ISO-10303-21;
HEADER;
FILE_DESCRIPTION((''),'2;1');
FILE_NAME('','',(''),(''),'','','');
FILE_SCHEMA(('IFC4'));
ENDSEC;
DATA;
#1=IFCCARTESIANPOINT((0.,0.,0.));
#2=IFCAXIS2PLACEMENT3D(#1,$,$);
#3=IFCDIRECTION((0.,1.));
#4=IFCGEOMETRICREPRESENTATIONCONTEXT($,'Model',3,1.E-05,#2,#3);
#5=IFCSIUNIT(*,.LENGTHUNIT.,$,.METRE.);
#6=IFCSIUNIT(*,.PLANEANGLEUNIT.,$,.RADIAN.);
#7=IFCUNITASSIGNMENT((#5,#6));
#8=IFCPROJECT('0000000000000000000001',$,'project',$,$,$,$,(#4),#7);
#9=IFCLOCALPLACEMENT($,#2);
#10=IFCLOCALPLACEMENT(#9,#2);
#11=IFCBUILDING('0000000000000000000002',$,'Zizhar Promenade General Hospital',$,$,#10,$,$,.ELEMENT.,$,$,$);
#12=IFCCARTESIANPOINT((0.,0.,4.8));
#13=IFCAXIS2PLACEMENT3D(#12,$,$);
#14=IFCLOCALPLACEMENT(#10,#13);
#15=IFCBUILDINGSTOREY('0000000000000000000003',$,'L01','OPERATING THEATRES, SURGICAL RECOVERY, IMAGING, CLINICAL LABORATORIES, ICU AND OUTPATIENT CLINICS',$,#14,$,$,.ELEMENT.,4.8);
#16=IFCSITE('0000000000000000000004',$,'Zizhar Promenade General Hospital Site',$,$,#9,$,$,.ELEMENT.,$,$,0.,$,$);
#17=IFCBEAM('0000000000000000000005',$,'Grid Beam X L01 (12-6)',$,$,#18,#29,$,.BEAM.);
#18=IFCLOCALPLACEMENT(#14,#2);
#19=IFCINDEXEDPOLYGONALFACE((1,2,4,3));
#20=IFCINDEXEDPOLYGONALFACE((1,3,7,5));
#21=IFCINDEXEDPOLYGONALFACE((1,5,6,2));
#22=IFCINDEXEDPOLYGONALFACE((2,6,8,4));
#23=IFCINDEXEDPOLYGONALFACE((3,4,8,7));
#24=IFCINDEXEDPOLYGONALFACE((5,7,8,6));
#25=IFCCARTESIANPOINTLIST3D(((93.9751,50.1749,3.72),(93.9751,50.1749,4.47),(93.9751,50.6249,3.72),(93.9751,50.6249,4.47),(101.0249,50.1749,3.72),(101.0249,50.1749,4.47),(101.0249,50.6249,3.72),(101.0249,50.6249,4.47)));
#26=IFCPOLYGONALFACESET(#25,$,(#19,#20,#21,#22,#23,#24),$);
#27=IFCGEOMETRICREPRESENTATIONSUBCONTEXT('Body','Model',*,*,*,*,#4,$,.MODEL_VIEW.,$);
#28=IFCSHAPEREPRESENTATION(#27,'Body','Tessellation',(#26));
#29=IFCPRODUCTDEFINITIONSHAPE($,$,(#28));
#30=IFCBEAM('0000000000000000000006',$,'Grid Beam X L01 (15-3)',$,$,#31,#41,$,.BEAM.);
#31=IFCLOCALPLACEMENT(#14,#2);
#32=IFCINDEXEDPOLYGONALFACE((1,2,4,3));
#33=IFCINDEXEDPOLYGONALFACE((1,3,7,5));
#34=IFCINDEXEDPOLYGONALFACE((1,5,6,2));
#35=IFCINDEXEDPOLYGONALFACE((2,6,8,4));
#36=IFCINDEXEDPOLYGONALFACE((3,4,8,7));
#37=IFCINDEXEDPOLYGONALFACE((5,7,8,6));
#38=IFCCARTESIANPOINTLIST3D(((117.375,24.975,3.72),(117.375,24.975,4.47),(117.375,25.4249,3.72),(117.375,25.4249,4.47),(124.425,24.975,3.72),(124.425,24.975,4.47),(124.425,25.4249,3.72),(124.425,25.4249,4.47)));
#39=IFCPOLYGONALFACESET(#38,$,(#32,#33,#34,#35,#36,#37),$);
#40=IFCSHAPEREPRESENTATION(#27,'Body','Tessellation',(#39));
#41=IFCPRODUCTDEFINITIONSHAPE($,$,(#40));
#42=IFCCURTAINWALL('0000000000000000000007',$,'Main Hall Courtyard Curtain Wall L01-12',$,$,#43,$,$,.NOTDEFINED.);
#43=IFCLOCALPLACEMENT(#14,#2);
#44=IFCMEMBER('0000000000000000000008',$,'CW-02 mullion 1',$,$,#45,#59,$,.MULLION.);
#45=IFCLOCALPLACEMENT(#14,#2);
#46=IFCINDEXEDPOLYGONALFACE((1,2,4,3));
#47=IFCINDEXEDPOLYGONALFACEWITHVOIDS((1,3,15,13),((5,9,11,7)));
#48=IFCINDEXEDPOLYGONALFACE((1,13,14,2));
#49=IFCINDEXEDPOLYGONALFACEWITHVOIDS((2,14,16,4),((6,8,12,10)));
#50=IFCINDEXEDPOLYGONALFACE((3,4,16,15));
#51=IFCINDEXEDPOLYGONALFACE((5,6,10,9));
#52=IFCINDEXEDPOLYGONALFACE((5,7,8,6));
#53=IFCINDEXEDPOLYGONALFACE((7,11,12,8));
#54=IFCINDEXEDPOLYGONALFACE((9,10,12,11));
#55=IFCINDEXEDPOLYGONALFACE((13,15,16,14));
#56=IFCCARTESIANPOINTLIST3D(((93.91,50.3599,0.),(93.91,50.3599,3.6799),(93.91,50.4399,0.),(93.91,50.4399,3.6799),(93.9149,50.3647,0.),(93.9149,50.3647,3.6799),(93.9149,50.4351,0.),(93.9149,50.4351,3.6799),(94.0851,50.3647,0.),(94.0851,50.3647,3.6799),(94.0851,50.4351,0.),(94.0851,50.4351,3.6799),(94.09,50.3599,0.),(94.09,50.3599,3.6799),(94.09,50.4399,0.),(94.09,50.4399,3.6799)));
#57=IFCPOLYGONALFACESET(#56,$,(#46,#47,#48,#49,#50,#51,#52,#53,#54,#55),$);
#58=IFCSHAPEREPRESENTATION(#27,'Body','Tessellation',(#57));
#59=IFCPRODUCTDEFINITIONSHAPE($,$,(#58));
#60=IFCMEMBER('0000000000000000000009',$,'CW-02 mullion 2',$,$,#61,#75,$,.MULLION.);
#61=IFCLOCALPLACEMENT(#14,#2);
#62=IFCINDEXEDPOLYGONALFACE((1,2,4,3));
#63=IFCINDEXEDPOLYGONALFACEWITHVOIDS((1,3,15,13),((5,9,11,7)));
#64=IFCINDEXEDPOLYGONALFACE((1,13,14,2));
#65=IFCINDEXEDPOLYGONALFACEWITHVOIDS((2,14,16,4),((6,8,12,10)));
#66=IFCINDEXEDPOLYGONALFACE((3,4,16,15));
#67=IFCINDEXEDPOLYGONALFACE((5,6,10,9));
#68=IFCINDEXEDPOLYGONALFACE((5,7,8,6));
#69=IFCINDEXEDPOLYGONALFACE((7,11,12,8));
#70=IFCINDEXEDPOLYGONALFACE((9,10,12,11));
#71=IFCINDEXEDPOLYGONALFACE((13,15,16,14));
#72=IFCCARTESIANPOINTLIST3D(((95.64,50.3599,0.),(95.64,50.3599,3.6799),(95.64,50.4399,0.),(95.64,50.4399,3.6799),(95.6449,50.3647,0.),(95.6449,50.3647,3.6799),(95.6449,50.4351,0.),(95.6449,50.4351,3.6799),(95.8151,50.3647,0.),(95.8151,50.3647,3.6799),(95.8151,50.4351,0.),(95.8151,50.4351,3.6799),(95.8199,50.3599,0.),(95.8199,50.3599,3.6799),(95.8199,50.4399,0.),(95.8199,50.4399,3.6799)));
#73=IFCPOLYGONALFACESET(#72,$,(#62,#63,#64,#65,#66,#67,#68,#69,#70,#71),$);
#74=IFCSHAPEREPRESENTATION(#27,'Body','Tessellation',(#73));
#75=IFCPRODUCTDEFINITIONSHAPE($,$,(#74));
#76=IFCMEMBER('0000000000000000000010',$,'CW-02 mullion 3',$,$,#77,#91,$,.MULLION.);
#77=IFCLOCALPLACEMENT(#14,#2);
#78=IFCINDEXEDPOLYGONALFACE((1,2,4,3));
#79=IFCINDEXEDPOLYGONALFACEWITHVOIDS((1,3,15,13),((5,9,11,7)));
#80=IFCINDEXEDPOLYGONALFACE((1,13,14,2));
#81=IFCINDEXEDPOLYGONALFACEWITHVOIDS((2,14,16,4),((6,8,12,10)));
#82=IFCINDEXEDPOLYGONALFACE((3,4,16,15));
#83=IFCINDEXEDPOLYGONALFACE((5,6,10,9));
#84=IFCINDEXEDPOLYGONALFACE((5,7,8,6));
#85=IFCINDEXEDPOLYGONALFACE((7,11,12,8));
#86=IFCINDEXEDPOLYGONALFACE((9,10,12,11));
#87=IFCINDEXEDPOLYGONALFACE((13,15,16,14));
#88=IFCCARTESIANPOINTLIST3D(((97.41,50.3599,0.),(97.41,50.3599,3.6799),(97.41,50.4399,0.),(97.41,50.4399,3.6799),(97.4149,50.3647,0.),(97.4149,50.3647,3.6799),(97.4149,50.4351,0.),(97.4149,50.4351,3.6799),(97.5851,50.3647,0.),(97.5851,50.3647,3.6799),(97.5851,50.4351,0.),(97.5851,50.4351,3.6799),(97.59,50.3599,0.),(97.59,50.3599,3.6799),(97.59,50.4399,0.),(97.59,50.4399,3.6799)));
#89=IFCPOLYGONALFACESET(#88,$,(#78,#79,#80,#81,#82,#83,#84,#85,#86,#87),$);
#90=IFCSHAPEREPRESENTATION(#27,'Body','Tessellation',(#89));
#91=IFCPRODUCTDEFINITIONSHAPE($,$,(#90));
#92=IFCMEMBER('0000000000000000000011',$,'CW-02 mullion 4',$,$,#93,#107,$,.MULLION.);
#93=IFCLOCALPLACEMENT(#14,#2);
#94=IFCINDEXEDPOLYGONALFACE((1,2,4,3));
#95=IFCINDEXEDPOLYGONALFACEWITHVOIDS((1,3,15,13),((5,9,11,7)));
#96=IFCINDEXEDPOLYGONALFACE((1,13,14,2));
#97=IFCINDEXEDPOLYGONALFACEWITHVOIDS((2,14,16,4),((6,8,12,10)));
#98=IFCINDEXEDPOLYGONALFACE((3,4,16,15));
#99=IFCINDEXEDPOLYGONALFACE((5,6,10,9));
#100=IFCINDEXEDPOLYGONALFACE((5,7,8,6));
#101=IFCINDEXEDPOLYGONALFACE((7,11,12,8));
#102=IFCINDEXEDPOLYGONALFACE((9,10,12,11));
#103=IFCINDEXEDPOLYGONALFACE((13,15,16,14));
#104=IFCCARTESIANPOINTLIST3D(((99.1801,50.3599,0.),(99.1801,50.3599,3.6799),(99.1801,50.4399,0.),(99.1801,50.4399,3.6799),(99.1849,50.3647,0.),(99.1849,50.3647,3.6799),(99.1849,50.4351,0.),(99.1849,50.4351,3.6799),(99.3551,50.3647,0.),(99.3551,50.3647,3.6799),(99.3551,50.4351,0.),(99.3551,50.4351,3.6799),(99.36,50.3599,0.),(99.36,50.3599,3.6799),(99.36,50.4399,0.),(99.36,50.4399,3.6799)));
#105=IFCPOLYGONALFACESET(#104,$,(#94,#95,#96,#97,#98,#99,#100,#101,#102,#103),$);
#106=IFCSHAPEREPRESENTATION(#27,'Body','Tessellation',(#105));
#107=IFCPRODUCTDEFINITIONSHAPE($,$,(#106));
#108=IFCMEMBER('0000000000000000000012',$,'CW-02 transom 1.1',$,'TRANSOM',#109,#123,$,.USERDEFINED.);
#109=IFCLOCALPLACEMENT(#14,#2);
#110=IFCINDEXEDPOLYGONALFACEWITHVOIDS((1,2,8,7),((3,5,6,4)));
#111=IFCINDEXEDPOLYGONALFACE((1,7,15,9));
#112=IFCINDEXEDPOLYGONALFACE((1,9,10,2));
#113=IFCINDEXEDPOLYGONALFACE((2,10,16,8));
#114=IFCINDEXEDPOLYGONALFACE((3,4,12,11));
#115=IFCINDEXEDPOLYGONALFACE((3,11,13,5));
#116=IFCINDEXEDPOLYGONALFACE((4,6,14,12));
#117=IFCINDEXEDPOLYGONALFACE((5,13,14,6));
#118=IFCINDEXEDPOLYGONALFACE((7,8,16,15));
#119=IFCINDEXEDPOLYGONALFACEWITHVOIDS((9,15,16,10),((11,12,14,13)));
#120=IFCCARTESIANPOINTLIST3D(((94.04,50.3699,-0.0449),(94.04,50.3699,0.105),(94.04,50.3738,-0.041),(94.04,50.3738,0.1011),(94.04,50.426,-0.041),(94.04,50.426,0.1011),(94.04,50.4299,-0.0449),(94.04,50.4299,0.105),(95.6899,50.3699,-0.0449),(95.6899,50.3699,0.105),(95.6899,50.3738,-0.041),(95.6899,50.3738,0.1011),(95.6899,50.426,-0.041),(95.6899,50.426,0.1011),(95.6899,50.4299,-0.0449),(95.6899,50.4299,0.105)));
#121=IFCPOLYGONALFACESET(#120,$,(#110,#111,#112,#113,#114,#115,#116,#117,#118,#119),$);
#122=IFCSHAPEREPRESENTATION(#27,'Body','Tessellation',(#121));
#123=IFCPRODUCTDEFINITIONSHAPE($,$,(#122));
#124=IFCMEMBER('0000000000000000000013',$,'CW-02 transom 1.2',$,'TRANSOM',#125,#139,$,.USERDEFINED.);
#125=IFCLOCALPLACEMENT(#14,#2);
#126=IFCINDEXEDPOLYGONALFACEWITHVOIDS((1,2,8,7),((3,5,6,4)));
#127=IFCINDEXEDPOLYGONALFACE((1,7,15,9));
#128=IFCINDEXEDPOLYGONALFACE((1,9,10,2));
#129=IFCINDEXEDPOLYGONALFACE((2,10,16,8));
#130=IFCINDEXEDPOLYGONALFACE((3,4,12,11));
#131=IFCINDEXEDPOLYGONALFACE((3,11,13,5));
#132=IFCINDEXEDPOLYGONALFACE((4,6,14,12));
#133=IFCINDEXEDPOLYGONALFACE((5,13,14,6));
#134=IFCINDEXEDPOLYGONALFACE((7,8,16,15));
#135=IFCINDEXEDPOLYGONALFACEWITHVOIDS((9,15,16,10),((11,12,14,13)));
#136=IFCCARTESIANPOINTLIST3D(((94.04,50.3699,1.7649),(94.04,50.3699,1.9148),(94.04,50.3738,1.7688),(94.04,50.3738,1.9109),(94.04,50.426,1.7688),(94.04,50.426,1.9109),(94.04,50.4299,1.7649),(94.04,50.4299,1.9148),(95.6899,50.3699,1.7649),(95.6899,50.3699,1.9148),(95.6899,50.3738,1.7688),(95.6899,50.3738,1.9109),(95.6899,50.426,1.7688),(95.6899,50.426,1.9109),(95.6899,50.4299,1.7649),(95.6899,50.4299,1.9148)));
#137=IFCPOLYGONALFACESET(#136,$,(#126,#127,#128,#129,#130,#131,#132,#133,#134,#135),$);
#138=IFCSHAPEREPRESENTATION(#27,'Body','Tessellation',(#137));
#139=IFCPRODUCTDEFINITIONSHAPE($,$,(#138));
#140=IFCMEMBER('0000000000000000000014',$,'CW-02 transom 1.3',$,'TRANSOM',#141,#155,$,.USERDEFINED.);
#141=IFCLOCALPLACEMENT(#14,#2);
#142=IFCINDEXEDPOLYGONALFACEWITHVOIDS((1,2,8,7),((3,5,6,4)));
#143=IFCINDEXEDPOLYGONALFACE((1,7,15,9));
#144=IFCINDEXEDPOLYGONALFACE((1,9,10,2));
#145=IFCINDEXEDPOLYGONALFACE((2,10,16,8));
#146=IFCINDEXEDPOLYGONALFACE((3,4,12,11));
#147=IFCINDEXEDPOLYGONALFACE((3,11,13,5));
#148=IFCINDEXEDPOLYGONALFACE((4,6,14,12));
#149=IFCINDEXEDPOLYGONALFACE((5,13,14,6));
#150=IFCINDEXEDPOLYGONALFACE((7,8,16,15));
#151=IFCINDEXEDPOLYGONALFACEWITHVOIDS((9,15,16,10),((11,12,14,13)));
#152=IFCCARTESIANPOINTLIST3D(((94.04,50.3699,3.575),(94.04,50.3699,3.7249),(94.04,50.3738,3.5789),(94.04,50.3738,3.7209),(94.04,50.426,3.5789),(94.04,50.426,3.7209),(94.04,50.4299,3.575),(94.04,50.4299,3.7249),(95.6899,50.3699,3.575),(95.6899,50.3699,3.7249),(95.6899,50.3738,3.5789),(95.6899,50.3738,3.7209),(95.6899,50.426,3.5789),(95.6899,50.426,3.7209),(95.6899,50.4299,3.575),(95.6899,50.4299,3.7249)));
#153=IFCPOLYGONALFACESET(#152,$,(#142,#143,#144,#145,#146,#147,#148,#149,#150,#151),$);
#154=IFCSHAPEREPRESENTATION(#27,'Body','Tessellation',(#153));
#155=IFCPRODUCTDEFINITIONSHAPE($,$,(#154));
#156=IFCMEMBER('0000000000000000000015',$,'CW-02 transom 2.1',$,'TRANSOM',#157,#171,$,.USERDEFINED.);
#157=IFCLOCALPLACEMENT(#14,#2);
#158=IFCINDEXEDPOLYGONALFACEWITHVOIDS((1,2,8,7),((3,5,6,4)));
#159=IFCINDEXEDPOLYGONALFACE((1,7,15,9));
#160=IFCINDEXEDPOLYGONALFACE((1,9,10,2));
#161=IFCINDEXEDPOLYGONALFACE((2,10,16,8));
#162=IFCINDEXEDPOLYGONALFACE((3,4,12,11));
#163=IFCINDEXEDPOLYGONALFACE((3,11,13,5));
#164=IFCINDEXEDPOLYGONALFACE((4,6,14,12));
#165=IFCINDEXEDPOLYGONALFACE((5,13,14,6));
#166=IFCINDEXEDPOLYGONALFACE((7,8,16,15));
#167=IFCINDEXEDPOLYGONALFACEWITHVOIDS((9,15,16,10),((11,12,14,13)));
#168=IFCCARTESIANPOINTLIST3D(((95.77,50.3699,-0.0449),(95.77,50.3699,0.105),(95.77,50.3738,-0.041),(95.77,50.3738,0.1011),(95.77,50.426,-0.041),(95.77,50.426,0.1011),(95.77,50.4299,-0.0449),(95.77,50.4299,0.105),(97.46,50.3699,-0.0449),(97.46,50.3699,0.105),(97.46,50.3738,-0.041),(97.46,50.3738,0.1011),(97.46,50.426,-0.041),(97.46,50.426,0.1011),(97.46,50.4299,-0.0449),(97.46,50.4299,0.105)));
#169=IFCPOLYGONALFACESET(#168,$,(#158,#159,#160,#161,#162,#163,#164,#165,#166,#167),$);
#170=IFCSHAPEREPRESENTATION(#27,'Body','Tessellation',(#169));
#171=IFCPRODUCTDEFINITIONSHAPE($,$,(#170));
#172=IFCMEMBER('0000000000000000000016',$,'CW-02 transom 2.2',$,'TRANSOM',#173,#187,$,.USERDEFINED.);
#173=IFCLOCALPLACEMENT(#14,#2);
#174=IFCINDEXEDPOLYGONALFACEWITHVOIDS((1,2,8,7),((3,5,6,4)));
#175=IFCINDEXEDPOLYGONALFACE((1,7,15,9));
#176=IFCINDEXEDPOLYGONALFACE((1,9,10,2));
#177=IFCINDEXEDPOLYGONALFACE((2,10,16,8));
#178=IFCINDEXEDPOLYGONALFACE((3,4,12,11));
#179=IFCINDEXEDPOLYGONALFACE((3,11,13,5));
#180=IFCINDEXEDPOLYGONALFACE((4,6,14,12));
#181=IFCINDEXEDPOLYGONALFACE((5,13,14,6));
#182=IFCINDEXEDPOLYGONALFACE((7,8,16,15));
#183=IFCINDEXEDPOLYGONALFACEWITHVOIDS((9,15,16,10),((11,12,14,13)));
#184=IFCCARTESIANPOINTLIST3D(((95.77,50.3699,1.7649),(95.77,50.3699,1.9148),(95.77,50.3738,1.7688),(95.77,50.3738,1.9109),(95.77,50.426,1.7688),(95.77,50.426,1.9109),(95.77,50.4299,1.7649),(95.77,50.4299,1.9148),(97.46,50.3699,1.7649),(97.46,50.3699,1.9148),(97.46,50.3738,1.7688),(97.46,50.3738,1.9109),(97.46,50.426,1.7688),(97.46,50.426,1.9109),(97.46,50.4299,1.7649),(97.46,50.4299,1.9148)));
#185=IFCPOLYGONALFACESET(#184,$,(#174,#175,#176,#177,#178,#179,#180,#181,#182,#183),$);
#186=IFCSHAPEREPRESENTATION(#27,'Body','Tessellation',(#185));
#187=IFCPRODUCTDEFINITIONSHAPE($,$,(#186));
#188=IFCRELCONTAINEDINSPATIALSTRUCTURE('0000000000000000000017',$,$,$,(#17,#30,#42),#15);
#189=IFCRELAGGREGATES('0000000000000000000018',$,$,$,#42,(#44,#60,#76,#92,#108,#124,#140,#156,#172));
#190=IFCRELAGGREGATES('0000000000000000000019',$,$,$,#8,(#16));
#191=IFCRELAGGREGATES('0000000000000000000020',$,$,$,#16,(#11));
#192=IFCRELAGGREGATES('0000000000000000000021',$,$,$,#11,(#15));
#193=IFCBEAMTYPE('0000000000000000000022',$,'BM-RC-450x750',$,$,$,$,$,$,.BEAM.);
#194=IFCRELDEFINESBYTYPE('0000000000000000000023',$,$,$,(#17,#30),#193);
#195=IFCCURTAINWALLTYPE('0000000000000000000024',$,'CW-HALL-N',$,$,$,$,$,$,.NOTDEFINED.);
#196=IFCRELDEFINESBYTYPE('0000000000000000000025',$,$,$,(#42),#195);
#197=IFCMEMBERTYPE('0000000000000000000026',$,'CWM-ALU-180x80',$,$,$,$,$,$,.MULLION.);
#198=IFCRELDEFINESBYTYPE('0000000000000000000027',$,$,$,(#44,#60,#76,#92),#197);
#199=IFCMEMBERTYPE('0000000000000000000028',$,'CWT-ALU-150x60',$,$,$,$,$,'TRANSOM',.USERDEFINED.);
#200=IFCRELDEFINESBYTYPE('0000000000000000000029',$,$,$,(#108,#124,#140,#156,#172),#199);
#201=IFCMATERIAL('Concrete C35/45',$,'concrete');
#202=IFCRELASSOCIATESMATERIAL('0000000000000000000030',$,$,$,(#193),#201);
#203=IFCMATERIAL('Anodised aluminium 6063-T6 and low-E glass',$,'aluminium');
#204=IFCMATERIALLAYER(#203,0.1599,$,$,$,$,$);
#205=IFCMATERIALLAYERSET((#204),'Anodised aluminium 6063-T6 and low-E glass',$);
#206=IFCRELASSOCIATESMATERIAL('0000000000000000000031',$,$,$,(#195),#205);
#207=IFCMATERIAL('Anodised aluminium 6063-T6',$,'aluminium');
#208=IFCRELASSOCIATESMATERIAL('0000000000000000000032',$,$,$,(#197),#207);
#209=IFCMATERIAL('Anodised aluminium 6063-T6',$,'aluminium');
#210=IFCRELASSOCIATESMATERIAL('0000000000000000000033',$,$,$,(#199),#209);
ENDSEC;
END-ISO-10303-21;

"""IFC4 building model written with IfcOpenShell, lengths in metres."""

from ifc_helpers import new_model, si_unit, direction, frame, origin, origin_2d, place, context, subcontext, project, spatial, rectangle, hollow_rectangle, extrude, material, layer, layer_set, material_profile, profile_set, type_object, element, aggregate, save


model = new_model("IFC4")

# Units and contexts
model_context = context("Model", 3, precision=1e-05, world=origin(), true_north=direction((0.0, 1.0)))
body_context = subcontext(model_context, "Body", "Model", "MODEL_VIEW")
ifc_project = project(units=[si_unit("LENGTHUNIT", "METRE"), si_unit("PLANEANGLEUNIT", "RADIAN")], contexts=[model_context])

# Site, building, storey
site_placement = place(None, origin())
site = spatial("IfcSite", under=ifc_project, at=site_placement, Name="Zizhar Promenade General Hospital Site", CompositionType="ELEMENT", RefElevation=0.0)
building_placement = place(site_placement, origin())
building = spatial("IfcBuilding", under=site, at=building_placement, Name="Zizhar Promenade General Hospital", CompositionType="ELEMENT")
storey_placement = place(building_placement, frame((0.0, 0.0, 4.8)))
storey = spatial("IfcBuildingStorey", under=building, at=storey_placement, Name="L01", Description="OPERATING THEATRES, SURGICAL RECOVERY, IMAGING, CLINICAL LABORATORIES, ICU AND OUTPATIENT CLINICS", CompositionType="ELEMENT", Elevation=4.8)

# Beams
ifc_material_1 = material(Name="Concrete C35/45", Category="concrete")
ifc_material_profile_1 = material_profile(ifc_material_1, rectangle(XDim=0.45, YDim=0.75, at=origin_2d()))
ifc_profile_set_1 = profile_set([ifc_material_profile_1], Name="Concrete C35/45")
beam_type = type_object("IfcBeamType", Name="BM-RC-450x750", PredefinedType="BEAM", material=ifc_profile_set_1)
beam_1_placement = place(storey_placement, frame((93.9751, 50.3999, 4.095), z_axis=(1.0, 0.0, 0.0), x_axis=(0.0, 1.0, 0.0)))
element("IfcBeam", 1, at=beam_1_placement, inside=storey, type_object=beam_type, Name="Grid Beam X L01 (12-6)", PredefinedType="BEAM", context=body_context, shape_type="SweptSolid", body=[
    extrude(rectangle(XDim=0.45, YDim=0.75, at=origin_2d()), origin(), (0.0, 0.0, 1.0), 7.0498),
])
beam_2_placement = place(storey_placement, frame((117.375, 25.2, 4.095), z_axis=(1.0, 0.0, 0.0), x_axis=(0.0, 1.0, 0.0)))
element("IfcBeam", 2, at=beam_2_placement, inside=storey, type_object=beam_type, Name="Grid Beam X L01 (15-3)", PredefinedType="BEAM", context=body_context, shape_type="SweptSolid", body=[
    extrude(rectangle(XDim=0.45, YDim=0.75, at=origin_2d()), origin(), (0.0, 0.0, 1.0), 7.05),
])

# Curtain wall, members
ifc_material_2 = material(Name="Anodised aluminium 6063-T6 and low-E glass", Category="aluminium")
ifc_layer_1 = layer(ifc_material_2, 0.1599)
ifc_layer_set_1 = layer_set([ifc_layer_1], Name="Anodised aluminium 6063-T6 and low-E glass")
curtain_wall_type = type_object("IfcCurtainWallType", Name="CW-HALL-N", PredefinedType="NOTDEFINED", material=ifc_layer_set_1)
curtain_wall_placement = place(storey_placement, origin())
curtain_wall = element("IfcCurtainWall", 3, at=curtain_wall_placement, inside=storey, type_object=curtain_wall_type, Name="Main Hall Courtyard Curtain Wall L01-12", PredefinedType="NOTDEFINED")
ifc_material_3 = material(Name="Anodised aluminium 6063-T6", Category="aluminium")
ifc_material_profile_2 = material_profile(ifc_material_3, hollow_rectangle(XDim=0.0801, YDim=0.1799, WallThickness=0.0049, at=origin_2d()))
ifc_profile_set_2 = profile_set([ifc_material_profile_2], Name="Anodised aluminium 6063-T6")
member_type_1 = type_object("IfcMemberType", Name="CWM-ALU-180x80", PredefinedType="MULLION", material=ifc_profile_set_2)
member_1_placement = place(storey_placement, frame((94.0, 50.3999, 0.0), z_axis=(0.0, 0.0, 1.0), x_axis=(0.0, 1.0, 0.0)))
member_1 = element("IfcMember", 4, at=member_1_placement, type_object=member_type_1, Name="CW-02 mullion 1", PredefinedType="MULLION", context=body_context, shape_type="SweptSolid", body=[
    extrude(hollow_rectangle(XDim=0.0801, YDim=0.1799, WallThickness=0.0049, at=origin_2d()), origin(), (0.0, 0.0, 1.0), 3.6799),
])
member_2_placement = place(storey_placement, frame((95.73, 50.3999, 0.0), z_axis=(0.0, 0.0, 1.0), x_axis=(0.0, 1.0, 0.0)))
member_2 = element("IfcMember", 5, at=member_2_placement, type_object=member_type_1, Name="CW-02 mullion 2", PredefinedType="MULLION", context=body_context, shape_type="SweptSolid", body=[
    extrude(hollow_rectangle(XDim=0.0801, YDim=0.1799, WallThickness=0.0049, at=origin_2d()), origin(), (0.0, 0.0, 1.0), 3.6799),
])
member_3_placement = place(storey_placement, frame((97.5, 50.3999, 0.0), z_axis=(0.0, 0.0, 1.0), x_axis=(0.0, 1.0, 0.0)))
member_3 = element("IfcMember", 6, at=member_3_placement, type_object=member_type_1, Name="CW-02 mullion 3", PredefinedType="MULLION", context=body_context, shape_type="SweptSolid", body=[
    extrude(hollow_rectangle(XDim=0.0801, YDim=0.1799, WallThickness=0.0049, at=origin_2d()), origin(), (0.0, 0.0, 1.0), 3.6799),
])
member_4_placement = place(storey_placement, frame((99.27, 50.3999, 0.0), z_axis=(0.0, 0.0, 1.0), x_axis=(0.0, 1.0, 0.0)))
member_4 = element("IfcMember", 7, at=member_4_placement, type_object=member_type_1, Name="CW-02 mullion 4", PredefinedType="MULLION", context=body_context, shape_type="SweptSolid", body=[
    extrude(hollow_rectangle(XDim=0.0801, YDim=0.1799, WallThickness=0.0049, at=origin_2d()), origin(), (0.0, 0.0, 1.0), 3.6799),
])
ifc_material_4 = material(Name="Anodised aluminium 6063-T6", Category="aluminium")
ifc_material_profile_3 = material_profile(ifc_material_4, hollow_rectangle(XDim=0.0601, YDim=0.1499, WallThickness=0.0039, at=origin_2d()))
ifc_profile_set_3 = profile_set([ifc_material_profile_3], Name="Anodised aluminium 6063-T6")
member_type_2 = type_object("IfcMemberType", Name="CWT-ALU-150x60", ElementType="TRANSOM", PredefinedType="USERDEFINED", material=ifc_profile_set_3)
member_5_placement = place(storey_placement, frame((94.04, 50.3999, 0.03), z_axis=(1.0, 0.0, 0.0), x_axis=(0.0, 1.0, 0.0)))
member_5 = element("IfcMember", 8, at=member_5_placement, type_object=member_type_2, Name="CW-02 transom 1.1", ObjectType="TRANSOM", PredefinedType="USERDEFINED", context=body_context, shape_type="SweptSolid", body=[
    extrude(hollow_rectangle(XDim=0.0601, YDim=0.1499, WallThickness=0.0039, at=origin_2d()), origin(), (0.0, 0.0, 1.0), 1.6499),
])
member_6_placement = place(storey_placement, frame((94.04, 50.3999, 1.8398), z_axis=(1.0, 0.0, 0.0), x_axis=(0.0, 1.0, 0.0)))
member_6 = element("IfcMember", 9, at=member_6_placement, type_object=member_type_2, Name="CW-02 transom 1.2", ObjectType="TRANSOM", PredefinedType="USERDEFINED", context=body_context, shape_type="SweptSolid", body=[
    extrude(hollow_rectangle(XDim=0.0601, YDim=0.1499, WallThickness=0.0039, at=origin_2d()), origin(), (0.0, 0.0, 1.0), 1.6499),
])
member_7_placement = place(storey_placement, frame((94.04, 50.3999, 3.6499), z_axis=(1.0, 0.0, 0.0), x_axis=(0.0, 1.0, 0.0)))
member_7 = element("IfcMember", 10, at=member_7_placement, type_object=member_type_2, Name="CW-02 transom 1.3", ObjectType="TRANSOM", PredefinedType="USERDEFINED", context=body_context, shape_type="SweptSolid", body=[
    extrude(hollow_rectangle(XDim=0.0601, YDim=0.1499, WallThickness=0.0039, at=origin_2d()), origin(), (0.0, 0.0, 1.0), 1.6499),
])
member_8_placement = place(storey_placement, frame((95.77, 50.3999, 0.03), z_axis=(1.0, 0.0, 0.0), x_axis=(0.0, 1.0, 0.0)))
member_8 = element("IfcMember", 11, at=member_8_placement, type_object=member_type_2, Name="CW-02 transom 2.1", ObjectType="TRANSOM", PredefinedType="USERDEFINED", context=body_context, shape_type="SweptSolid", body=[
    extrude(hollow_rectangle(XDim=0.0601, YDim=0.1499, WallThickness=0.0039, at=origin_2d()), origin(), (0.0, 0.0, 1.0), 1.6899),
])
member_9_placement = place(storey_placement, frame((95.77, 50.3999, 1.8398), z_axis=(1.0, 0.0, 0.0), x_axis=(0.0, 1.0, 0.0)))
member_9 = element("IfcMember", 12, at=member_9_placement, type_object=member_type_2, Name="CW-02 transom 2.2", ObjectType="TRANSOM", PredefinedType="USERDEFINED", context=body_context, shape_type="SweptSolid", body=[
    extrude(hollow_rectangle(XDim=0.0601, YDim=0.1499, WallThickness=0.0039, at=origin_2d()), origin(), (0.0, 0.0, 1.0), 1.6899),
])
aggregate(curtain_wall, [member_1, member_2, member_3, member_4, member_5, member_6, member_7, member_8, member_9])

save(model, "model.ifc")
